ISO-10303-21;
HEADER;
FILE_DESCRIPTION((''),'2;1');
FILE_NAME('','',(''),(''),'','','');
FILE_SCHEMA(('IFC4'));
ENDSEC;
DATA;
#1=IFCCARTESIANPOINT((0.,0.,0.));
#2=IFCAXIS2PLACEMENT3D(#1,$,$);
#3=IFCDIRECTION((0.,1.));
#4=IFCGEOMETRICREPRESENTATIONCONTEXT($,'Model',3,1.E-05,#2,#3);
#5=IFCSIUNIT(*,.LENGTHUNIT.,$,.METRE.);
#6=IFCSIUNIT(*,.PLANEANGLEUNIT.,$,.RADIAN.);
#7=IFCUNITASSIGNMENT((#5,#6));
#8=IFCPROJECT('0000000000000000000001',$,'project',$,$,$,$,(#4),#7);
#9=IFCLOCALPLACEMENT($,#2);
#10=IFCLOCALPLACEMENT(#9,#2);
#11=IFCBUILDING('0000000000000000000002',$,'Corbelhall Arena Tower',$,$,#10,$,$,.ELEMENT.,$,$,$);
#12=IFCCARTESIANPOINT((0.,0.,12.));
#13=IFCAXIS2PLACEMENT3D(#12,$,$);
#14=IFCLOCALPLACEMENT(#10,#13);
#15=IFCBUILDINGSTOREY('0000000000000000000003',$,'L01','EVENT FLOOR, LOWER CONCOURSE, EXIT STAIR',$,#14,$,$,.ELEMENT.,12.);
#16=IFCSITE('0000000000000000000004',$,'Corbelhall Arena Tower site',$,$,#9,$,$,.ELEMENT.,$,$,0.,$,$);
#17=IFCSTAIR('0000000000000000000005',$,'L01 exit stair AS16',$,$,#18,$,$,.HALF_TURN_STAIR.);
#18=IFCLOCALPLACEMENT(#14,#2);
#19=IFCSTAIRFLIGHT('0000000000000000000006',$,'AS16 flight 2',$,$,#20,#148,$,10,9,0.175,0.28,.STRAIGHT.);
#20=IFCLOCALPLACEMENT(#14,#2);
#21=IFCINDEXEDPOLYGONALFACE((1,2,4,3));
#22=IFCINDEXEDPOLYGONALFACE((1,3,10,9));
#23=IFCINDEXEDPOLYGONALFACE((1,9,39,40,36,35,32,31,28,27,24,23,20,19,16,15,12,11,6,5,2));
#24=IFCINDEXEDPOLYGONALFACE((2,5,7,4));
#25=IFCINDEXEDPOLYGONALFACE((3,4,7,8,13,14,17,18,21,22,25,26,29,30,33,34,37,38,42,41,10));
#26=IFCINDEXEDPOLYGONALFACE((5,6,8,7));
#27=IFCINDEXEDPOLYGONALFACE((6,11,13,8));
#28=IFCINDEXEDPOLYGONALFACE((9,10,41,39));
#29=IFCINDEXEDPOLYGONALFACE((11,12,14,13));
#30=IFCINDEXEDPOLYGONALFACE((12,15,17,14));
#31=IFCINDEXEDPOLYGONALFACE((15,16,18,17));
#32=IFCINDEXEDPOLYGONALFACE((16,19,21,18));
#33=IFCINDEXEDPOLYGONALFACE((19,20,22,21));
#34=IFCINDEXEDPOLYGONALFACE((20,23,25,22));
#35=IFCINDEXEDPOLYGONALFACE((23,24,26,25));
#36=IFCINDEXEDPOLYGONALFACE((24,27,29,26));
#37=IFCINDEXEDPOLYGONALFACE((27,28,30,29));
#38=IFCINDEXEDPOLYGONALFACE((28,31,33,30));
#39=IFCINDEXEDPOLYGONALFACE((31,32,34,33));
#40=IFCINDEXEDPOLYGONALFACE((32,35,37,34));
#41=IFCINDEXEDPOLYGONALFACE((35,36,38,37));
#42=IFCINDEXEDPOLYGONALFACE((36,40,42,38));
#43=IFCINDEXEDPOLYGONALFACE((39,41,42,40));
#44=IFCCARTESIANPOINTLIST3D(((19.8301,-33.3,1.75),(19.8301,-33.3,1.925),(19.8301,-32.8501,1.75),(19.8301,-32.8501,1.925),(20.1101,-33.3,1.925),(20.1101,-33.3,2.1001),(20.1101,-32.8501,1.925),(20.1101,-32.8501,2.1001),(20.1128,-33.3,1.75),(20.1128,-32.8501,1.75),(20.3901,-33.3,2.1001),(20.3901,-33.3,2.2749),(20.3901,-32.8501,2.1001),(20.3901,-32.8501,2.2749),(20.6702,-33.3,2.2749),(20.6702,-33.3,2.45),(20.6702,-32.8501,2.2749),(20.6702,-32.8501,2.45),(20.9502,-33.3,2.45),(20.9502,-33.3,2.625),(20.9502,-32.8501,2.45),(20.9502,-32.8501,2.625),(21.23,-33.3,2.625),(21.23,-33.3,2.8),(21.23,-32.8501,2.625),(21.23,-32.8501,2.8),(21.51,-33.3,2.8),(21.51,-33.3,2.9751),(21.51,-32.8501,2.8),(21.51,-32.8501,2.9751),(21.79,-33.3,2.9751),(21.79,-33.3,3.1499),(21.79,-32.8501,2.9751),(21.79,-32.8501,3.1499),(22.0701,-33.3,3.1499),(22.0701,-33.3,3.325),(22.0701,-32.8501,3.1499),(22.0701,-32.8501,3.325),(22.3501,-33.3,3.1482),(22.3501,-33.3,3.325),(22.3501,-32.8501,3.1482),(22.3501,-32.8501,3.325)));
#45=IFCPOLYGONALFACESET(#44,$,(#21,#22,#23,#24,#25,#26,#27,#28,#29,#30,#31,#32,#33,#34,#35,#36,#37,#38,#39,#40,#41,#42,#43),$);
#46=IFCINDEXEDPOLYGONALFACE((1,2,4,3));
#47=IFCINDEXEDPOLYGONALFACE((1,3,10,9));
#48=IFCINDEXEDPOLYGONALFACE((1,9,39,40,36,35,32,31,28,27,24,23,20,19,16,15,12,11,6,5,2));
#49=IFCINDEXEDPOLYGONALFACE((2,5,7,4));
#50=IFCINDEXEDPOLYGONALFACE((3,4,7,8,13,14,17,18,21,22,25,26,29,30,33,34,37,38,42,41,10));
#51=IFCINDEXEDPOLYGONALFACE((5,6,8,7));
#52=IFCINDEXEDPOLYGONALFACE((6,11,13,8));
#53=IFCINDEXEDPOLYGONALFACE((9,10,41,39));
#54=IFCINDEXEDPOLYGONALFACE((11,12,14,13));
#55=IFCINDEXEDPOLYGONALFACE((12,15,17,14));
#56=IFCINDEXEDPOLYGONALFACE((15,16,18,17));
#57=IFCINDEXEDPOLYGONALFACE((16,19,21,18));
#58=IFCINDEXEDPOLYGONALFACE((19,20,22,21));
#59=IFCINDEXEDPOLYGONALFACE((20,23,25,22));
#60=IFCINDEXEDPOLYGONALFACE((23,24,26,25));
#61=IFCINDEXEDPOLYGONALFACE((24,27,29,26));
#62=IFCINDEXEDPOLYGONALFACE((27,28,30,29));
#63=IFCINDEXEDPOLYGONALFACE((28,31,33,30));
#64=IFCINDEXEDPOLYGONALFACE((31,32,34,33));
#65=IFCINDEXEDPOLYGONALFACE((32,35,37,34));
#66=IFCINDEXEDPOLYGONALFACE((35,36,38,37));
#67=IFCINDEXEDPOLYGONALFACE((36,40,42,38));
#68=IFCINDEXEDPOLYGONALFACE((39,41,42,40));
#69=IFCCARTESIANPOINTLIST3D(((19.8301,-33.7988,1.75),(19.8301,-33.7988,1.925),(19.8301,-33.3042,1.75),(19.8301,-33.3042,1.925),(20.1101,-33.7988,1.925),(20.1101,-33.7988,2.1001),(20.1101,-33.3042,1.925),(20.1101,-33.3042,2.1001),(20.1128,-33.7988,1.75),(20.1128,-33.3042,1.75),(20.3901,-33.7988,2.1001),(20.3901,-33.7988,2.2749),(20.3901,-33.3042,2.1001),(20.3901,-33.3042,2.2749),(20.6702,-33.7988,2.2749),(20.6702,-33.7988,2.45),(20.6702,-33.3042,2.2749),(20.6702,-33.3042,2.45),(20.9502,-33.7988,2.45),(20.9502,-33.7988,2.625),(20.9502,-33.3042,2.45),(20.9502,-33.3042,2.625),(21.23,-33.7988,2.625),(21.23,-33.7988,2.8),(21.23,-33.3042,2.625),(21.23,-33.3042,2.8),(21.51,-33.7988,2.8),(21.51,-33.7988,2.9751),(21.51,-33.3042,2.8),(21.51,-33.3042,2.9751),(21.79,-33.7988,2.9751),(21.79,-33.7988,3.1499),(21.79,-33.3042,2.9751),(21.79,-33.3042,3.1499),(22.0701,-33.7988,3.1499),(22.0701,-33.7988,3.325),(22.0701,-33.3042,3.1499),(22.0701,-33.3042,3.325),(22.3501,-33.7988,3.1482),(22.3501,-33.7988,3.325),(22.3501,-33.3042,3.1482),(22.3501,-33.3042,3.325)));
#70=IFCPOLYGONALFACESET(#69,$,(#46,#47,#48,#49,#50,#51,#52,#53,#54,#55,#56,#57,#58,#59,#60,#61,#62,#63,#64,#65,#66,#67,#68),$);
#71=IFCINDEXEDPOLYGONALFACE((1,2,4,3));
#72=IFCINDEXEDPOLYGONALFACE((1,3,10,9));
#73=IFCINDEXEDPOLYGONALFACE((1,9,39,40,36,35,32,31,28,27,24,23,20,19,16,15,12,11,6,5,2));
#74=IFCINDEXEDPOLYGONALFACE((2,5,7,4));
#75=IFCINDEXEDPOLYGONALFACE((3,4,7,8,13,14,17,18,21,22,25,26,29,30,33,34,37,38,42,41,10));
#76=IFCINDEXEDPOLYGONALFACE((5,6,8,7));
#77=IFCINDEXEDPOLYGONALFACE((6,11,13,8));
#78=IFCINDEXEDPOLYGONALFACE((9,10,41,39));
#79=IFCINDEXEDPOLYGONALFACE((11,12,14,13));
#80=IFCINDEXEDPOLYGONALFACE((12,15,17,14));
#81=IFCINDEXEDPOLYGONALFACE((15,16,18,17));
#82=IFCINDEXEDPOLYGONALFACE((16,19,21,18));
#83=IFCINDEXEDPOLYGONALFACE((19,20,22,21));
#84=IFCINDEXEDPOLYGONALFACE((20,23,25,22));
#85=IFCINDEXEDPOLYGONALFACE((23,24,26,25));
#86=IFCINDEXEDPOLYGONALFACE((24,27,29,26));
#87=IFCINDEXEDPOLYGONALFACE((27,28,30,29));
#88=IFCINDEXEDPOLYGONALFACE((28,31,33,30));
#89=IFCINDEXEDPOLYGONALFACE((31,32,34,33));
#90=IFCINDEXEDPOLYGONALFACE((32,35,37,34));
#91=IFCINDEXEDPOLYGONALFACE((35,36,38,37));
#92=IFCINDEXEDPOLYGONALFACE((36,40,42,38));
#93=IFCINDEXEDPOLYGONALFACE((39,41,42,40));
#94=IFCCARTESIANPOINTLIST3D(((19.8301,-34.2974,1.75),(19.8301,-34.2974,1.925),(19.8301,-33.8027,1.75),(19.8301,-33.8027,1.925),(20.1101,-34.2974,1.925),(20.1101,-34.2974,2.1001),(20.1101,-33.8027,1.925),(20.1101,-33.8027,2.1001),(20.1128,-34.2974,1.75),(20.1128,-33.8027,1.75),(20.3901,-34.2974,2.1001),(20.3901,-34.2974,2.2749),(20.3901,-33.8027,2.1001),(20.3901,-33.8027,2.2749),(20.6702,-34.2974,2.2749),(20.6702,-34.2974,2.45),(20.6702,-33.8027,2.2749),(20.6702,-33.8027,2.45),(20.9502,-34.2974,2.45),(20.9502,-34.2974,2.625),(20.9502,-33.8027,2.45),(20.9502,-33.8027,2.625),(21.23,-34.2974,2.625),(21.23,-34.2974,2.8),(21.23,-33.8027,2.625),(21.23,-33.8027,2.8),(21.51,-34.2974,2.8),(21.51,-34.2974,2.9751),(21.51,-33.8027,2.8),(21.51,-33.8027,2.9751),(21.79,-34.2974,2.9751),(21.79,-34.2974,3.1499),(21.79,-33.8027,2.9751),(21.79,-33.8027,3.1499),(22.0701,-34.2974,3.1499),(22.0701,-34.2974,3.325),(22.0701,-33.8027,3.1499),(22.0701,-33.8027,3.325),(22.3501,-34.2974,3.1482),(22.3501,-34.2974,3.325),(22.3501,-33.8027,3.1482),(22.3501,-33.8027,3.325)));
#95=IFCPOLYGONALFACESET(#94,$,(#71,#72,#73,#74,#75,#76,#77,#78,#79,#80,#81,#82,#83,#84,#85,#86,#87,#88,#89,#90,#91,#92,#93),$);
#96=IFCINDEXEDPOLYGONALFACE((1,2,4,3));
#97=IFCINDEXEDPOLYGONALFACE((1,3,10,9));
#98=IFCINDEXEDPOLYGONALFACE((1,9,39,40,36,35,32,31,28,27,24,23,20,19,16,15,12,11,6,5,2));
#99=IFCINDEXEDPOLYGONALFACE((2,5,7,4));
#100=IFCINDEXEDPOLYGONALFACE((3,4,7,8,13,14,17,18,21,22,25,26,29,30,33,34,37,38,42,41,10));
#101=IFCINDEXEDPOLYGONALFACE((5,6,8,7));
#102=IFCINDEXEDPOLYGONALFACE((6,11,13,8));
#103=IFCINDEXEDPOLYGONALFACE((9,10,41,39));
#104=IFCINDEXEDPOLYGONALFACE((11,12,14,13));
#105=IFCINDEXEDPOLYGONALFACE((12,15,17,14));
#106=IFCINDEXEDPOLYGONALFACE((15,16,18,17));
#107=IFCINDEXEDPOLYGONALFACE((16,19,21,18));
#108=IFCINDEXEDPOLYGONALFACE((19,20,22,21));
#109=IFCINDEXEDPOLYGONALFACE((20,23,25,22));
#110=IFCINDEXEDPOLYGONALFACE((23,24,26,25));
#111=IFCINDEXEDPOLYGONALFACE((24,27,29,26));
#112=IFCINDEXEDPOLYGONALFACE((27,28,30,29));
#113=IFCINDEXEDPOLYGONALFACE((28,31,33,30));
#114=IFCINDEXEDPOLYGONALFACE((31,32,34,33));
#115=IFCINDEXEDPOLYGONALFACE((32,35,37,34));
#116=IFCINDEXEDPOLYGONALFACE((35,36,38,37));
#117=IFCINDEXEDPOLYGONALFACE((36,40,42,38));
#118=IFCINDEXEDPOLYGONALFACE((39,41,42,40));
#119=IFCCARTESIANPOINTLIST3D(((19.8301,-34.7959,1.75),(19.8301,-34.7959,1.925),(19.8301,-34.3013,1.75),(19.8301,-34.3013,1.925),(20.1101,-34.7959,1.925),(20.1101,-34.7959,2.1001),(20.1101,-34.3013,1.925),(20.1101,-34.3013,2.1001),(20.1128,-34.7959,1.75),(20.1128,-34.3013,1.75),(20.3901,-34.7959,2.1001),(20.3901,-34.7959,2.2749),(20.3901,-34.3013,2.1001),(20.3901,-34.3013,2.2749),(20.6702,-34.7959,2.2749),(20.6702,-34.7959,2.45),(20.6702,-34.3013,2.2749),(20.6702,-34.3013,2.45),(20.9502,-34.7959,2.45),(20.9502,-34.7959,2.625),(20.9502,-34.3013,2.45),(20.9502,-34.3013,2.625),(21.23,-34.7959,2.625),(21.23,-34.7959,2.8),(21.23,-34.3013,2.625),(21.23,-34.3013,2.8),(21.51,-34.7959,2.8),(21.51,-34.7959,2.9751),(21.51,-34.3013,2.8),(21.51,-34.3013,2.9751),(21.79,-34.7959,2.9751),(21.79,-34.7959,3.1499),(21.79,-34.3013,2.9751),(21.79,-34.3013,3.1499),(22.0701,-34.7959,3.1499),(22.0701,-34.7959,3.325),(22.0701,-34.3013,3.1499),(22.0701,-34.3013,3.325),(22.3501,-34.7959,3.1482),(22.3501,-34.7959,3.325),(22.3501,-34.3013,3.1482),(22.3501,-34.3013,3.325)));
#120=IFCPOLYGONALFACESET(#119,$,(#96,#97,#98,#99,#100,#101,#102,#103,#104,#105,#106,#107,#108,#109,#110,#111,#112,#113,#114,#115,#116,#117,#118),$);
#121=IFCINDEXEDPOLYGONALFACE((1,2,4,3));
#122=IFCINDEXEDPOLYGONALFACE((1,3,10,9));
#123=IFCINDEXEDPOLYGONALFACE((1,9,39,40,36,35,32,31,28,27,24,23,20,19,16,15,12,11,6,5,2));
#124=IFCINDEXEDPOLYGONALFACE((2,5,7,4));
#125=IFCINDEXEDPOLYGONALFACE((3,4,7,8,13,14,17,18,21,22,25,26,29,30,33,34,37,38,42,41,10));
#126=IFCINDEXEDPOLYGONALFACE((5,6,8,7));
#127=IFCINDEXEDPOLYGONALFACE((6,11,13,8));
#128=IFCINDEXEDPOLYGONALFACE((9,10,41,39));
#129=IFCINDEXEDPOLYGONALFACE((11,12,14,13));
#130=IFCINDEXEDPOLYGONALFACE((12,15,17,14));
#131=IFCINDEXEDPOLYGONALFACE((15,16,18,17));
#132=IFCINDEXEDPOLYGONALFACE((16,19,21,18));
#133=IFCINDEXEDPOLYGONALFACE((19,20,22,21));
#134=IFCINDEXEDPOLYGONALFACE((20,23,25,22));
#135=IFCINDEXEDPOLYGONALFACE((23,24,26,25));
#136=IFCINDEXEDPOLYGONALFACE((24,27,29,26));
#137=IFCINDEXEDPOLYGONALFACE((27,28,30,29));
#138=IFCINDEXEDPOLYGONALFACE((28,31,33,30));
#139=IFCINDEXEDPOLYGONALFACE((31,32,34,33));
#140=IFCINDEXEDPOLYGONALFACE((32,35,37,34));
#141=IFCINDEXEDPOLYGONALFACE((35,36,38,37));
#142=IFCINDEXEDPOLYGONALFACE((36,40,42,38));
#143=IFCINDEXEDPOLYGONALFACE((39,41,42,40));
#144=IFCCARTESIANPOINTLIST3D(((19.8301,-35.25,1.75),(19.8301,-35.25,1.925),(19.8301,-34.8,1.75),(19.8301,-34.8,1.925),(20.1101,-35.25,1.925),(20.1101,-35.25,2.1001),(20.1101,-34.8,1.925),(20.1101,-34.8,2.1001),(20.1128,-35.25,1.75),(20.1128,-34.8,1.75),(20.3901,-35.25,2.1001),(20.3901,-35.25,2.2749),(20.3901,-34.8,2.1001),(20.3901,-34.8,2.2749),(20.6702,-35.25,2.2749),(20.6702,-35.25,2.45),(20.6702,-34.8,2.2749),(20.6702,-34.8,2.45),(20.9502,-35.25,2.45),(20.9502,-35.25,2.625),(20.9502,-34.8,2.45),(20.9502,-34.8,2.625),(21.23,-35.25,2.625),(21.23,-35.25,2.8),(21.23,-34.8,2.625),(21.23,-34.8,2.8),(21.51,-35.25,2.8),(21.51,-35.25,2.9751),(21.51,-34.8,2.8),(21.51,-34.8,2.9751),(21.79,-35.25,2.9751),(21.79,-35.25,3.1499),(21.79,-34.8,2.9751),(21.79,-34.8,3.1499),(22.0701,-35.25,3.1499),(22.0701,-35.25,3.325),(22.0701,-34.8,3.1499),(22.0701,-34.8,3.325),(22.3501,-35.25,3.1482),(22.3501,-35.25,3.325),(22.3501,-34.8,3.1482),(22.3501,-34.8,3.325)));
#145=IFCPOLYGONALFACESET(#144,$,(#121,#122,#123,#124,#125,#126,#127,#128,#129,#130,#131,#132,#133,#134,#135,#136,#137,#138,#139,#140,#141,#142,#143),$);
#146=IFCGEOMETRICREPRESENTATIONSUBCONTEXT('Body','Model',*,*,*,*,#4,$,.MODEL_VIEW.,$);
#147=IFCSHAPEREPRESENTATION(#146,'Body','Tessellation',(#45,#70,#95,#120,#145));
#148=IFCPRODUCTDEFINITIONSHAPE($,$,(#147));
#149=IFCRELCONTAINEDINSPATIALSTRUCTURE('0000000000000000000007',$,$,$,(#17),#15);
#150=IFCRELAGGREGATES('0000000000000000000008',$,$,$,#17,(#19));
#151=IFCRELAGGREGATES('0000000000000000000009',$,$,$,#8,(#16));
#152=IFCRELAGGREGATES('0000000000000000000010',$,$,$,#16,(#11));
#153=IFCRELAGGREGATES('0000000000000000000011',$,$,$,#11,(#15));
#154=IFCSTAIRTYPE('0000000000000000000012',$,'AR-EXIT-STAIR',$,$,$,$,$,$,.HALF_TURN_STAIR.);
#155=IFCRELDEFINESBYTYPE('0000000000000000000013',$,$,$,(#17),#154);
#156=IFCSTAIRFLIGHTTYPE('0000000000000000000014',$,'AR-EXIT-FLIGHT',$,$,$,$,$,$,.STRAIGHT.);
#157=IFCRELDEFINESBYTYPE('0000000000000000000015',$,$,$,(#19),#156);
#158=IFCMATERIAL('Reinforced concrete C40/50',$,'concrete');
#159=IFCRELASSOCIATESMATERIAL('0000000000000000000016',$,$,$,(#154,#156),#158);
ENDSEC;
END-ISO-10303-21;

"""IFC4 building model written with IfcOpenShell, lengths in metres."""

from ifc_helpers import new_model, si_unit, direction, frame, origin, place, context, subcontext, project, spatial, polyline, outline, extrude, material, type_object, element, aggregate, save


model = new_model("IFC4")

# Units and contexts
model_context = context("Model", 3, precision=1e-05, world=origin(), true_north=direction((0.0, 1.0)))
body_context = subcontext(model_context, "Body", "Model", "MODEL_VIEW")
ifc_project = project(units=[si_unit("LENGTHUNIT", "METRE"), si_unit("PLANEANGLEUNIT", "RADIAN")], contexts=[model_context])

# Site, building, storey
site_placement = place(None, origin())
site = spatial("IfcSite", under=ifc_project, at=site_placement, Name="Corbelhall Arena Tower site", CompositionType="ELEMENT", RefElevation=0.0)
building_placement = place(site_placement, origin())
building = spatial("IfcBuilding", under=site, at=building_placement, Name="Corbelhall Arena Tower", CompositionType="ELEMENT")
storey_placement = place(building_placement, frame((0.0, 0.0, 12.0)))
storey = spatial("IfcBuildingStorey", under=building, at=storey_placement, Name="L01", Description="EVENT FLOOR, LOWER CONCOURSE, EXIT STAIR", CompositionType="ELEMENT", Elevation=12.0)

# Shared definitions
ifc_material_1 = material(Name="Reinforced concrete C40/50", Category="concrete")

# Stair, stair flight
stair_type = type_object("IfcStairType", Name="AR-EXIT-STAIR", PredefinedType="HALF_TURN_STAIR", material=ifc_material_1)
stair_placement = place(storey_placement, origin())
stair = element("IfcStair", 1, at=stair_placement, inside=storey, type_object=stair_type, Name="L01 exit stair AS16", PredefinedType="HALF_TURN_STAIR")
stair_flight_type = type_object("IfcStairFlightType", Name="AR-EXIT-FLIGHT", PredefinedType="STRAIGHT", material=ifc_material_1)
stair_flight_1_placement = place(storey_placement, frame((19.8301, -34.05, 1.75), z_axis=(0.0, 0.0, 1.0), x_axis=(1.0, 0.0, 0.0)))
stair_flight_1 = element("IfcStairFlight", 2, at=stair_flight_1_placement, type_object=stair_flight_type, Name="AS16 flight 2", NumberOfRisers=10, NumberOfTreads=9, PredefinedType="STRAIGHT", RiserHeight=0.175, TreadLength=0.28, context=body_context, shape_type="SweptSolid", body=[
    extrude(outline(polyline([(0.0, 0.0), (0.0, 0.175), (0.28, 0.175), (0.28, 0.3501), (0.5601, 0.3501), (0.5601, 0.5249), (0.8401, 0.5249), (0.8401, 0.7), (1.1201, 0.7), (1.1201, 0.875), (1.3999, 0.875), (1.3999, 1.05), (1.6799, 1.05), (1.6799, 1.2251), (1.96, 1.2251), (1.96, 1.3999), (2.24, 1.3999), (2.24, 1.575), (2.52, 1.575), (2.52, 1.75), (2.52, 1.3982), (0.2827, 0.0), (0.0, 0.0)])), frame((0.0, 1.2, 0.0), z_axis=(0.0, -1.0, 0.0), x_axis=(1.0, 0.0, 0.0)), (0.0, 0.0, 1.0), 0.45),
    extrude(outline(polyline([(0.0, 0.0), (0.0, 0.175), (0.28, 0.175), (0.28, 0.3501), (0.5601, 0.3501), (0.5601, 0.5249), (0.8401, 0.5249), (0.8401, 0.7), (1.1201, 0.7), (1.1201, 0.875), (1.3999, 0.875), (1.3999, 1.05), (1.6799, 1.05), (1.6799, 1.2251), (1.96, 1.2251), (1.96, 1.3999), (2.24, 1.3999), (2.24, 1.575), (2.52, 1.575), (2.52, 1.75), (2.52, 1.3982), (0.2827, 0.0), (0.0, 0.0)])), frame((0.0, 0.7458, 0.0), z_axis=(0.0, -1.0, 0.0), x_axis=(1.0, 0.0, 0.0)), (0.0, 0.0, 1.0), 0.4946),
    extrude(outline(polyline([(0.0, 0.0), (0.0, 0.175), (0.28, 0.175), (0.28, 0.3501), (0.5601, 0.3501), (0.5601, 0.5249), (0.8401, 0.5249), (0.8401, 0.7), (1.1201, 0.7), (1.1201, 0.875), (1.3999, 0.875), (1.3999, 1.05), (1.6799, 1.05), (1.6799, 1.2251), (1.96, 1.2251), (1.96, 1.3999), (2.24, 1.3999), (2.24, 1.575), (2.52, 1.575), (2.52, 1.75), (2.52, 1.3982), (0.2827, 0.0), (0.0, 0.0)])), frame((0.0, 0.2473, 0.0), z_axis=(0.0, -1.0, 0.0), x_axis=(1.0, 0.0, 0.0)), (0.0, 0.0, 1.0), 0.4946),
    extrude(outline(polyline([(0.0, 0.0), (0.0, 0.175), (0.28, 0.175), (0.28, 0.3501), (0.5601, 0.3501), (0.5601, 0.5249), (0.8401, 0.5249), (0.8401, 0.7), (1.1201, 0.7), (1.1201, 0.875), (1.3999, 0.875), (1.3999, 1.05), (1.6799, 1.05), (1.6799, 1.2251), (1.96, 1.2251), (1.96, 1.3999), (2.24, 1.3999), (2.24, 1.575), (2.52, 1.575), (2.52, 1.75), (2.52, 1.3982), (0.2827, 0.0), (0.0, 0.0)])), frame((0.0, -0.2512, 0.0), z_axis=(0.0, -1.0, 0.0), x_axis=(1.0, 0.0, 0.0)), (0.0, 0.0, 1.0), 0.4946),
    extrude(outline(polyline([(0.0, 0.0), (0.0, 0.175), (0.28, 0.175), (0.28, 0.3501), (0.5601, 0.3501), (0.5601, 0.5249), (0.8401, 0.5249), (0.8401, 0.7), (1.1201, 0.7), (1.1201, 0.875), (1.3999, 0.875), (1.3999, 1.05), (1.6799, 1.05), (1.6799, 1.2251), (1.96, 1.2251), (1.96, 1.3999), (2.24, 1.3999), (2.24, 1.575), (2.52, 1.575), (2.52, 1.75), (2.52, 1.3982), (0.2827, 0.0), (0.0, 0.0)])), frame((0.0, -0.75, 0.0), z_axis=(0.0, -1.0, 0.0), x_axis=(1.0, 0.0, 0.0)), (0.0, 0.0, 1.0), 0.45),
])
aggregate(stair, [stair_flight_1])

save(model, "model.ifc")
